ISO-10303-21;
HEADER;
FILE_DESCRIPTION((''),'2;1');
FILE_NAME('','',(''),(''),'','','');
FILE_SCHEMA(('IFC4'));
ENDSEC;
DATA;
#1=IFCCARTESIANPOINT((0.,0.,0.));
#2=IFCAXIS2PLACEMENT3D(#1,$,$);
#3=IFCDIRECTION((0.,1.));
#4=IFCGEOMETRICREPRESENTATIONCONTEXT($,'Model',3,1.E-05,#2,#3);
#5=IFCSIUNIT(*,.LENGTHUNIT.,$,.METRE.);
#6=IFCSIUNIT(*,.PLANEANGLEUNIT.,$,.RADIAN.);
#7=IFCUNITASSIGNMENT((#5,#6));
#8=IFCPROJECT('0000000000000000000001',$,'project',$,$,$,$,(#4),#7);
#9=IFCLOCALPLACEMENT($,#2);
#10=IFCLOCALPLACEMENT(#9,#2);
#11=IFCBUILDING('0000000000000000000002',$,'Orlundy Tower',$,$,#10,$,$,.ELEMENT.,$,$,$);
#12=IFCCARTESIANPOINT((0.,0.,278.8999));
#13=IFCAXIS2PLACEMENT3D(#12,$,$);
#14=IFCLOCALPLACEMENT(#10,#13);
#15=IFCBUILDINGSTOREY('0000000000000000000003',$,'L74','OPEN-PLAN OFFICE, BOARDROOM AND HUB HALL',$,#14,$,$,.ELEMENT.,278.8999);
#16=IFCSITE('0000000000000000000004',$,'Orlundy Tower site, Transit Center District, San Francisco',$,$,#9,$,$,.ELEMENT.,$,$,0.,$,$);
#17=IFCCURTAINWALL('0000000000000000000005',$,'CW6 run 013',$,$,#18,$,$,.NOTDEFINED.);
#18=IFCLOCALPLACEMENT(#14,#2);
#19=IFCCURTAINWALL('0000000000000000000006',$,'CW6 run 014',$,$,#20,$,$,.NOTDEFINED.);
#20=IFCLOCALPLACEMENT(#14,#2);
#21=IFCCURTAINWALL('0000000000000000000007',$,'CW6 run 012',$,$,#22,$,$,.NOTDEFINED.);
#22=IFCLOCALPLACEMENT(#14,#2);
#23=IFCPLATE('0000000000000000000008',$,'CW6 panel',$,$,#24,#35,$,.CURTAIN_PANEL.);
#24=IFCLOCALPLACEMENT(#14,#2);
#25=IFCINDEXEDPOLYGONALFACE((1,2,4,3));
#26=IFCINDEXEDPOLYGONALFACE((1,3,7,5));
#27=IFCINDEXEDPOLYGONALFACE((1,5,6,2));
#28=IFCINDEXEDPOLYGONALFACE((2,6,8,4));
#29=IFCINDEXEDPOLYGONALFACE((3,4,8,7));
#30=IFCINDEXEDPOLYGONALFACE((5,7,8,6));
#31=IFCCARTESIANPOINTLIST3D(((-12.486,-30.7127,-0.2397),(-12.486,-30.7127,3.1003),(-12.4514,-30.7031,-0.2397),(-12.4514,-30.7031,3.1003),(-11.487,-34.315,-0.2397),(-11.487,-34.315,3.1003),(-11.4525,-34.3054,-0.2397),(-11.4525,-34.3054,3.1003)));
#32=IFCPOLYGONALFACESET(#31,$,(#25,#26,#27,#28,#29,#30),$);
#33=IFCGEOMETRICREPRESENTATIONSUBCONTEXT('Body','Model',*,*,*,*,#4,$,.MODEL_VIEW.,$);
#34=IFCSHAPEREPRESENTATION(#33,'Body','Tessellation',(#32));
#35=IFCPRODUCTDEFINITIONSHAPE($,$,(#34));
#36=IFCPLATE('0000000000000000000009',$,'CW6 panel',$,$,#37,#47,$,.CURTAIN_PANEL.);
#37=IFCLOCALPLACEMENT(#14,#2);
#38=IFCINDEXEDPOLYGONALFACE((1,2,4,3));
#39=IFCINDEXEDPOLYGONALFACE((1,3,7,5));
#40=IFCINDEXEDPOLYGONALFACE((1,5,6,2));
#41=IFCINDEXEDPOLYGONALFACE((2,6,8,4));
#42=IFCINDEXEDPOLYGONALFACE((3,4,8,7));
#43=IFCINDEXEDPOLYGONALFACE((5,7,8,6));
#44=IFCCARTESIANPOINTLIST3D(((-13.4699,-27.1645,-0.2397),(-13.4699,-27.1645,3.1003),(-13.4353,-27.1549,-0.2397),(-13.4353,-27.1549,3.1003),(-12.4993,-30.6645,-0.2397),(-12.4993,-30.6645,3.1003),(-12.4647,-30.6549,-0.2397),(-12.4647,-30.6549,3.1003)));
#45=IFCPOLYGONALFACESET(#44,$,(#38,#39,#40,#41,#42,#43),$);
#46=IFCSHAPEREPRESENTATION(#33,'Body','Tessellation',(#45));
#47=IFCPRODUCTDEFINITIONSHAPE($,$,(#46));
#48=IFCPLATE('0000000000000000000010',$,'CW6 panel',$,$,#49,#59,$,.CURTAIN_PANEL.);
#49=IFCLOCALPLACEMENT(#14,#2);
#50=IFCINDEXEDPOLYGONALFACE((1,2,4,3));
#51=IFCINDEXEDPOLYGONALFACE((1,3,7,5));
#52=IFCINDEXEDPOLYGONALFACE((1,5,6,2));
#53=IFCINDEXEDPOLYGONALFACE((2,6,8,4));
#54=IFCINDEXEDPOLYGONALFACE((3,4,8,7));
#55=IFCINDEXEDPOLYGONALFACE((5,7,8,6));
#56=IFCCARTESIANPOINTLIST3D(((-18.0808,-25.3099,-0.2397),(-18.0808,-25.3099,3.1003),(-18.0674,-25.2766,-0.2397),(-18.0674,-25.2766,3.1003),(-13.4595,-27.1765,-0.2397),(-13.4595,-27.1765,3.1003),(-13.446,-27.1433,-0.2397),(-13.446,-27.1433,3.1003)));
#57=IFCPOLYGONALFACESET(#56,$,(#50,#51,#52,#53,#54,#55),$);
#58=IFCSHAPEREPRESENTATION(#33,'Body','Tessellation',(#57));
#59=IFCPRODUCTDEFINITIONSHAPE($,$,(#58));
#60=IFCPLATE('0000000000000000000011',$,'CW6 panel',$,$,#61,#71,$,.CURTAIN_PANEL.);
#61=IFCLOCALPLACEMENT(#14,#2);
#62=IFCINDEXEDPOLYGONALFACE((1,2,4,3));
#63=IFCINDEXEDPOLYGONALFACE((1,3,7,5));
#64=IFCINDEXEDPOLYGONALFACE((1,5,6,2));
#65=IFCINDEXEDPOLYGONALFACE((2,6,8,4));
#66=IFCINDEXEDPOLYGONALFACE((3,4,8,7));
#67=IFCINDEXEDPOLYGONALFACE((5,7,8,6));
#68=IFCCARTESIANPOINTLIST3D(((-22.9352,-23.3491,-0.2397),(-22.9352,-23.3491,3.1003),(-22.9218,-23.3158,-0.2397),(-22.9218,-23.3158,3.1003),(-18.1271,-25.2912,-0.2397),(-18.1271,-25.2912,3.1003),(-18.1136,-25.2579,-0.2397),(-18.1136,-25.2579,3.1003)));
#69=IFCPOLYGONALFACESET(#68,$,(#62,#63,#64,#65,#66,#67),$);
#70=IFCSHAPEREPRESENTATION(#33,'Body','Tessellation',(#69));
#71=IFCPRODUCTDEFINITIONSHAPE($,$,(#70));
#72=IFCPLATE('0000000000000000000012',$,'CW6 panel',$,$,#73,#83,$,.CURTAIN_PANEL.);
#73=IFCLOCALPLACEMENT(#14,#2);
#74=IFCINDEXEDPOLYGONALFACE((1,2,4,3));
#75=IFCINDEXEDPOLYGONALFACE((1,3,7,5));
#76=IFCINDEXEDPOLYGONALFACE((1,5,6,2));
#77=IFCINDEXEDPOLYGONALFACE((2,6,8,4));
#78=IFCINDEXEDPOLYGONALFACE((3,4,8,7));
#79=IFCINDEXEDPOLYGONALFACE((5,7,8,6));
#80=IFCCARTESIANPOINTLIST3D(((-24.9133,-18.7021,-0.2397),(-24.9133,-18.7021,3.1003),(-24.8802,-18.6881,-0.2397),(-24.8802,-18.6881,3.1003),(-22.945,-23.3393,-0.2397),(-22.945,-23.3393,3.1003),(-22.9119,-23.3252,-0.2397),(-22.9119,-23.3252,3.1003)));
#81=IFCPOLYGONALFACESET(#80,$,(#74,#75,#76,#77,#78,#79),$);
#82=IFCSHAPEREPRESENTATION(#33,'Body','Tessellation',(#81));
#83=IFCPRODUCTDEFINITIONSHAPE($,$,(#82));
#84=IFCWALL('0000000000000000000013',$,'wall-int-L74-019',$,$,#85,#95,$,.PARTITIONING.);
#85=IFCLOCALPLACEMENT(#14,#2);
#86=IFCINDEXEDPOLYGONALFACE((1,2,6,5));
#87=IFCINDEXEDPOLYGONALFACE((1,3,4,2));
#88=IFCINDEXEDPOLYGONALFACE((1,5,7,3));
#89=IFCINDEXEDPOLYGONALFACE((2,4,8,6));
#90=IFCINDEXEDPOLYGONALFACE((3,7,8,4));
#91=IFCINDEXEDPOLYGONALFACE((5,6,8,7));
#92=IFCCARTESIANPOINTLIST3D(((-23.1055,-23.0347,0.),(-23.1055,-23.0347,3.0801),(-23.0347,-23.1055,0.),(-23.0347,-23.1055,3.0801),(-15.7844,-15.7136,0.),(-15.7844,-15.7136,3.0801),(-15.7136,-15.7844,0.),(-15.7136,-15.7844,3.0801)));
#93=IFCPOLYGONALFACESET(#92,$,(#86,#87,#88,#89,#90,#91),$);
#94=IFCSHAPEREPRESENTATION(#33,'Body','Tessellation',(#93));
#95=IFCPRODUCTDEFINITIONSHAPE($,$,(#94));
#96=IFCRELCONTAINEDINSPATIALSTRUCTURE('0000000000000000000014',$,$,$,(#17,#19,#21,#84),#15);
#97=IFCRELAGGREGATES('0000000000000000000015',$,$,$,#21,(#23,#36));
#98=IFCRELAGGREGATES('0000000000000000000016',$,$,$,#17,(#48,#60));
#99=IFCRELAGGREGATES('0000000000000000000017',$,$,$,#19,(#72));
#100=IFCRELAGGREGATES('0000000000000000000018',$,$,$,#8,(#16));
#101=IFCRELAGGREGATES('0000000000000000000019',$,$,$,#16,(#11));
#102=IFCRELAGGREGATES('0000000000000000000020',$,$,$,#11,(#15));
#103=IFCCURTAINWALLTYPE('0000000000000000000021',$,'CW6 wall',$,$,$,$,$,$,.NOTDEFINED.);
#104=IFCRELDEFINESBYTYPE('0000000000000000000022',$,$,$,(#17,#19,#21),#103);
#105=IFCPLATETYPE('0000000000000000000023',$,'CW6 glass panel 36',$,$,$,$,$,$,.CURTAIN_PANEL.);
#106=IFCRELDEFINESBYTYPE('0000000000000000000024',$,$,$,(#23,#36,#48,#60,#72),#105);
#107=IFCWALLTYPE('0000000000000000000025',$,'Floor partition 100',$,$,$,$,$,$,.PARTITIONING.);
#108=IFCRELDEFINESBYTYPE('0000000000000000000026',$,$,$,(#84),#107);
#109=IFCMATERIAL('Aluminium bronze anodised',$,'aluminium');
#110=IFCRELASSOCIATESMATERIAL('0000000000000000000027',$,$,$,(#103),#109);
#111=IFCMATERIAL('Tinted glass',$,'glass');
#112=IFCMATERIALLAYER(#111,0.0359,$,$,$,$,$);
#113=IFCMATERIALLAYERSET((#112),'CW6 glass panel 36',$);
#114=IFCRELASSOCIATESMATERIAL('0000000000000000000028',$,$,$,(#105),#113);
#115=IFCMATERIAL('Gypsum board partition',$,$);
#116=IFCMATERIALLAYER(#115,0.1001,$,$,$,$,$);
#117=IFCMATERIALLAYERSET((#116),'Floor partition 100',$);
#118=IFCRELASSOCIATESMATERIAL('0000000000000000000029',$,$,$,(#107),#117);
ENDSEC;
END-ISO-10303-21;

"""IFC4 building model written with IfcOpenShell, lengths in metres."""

from ifc_helpers import new_model, si_unit, direction, frame, frame_2d, origin, origin_2d, place, context, subcontext, project, spatial, rectangle, extrude, material, layer, layer_set, type_object, element, aggregate, save


model = new_model("IFC4")

# Units and contexts
model_context = context("Model", 3, precision=1e-05, world=origin(), true_north=direction((0.0, 1.0)))
body_context = subcontext(model_context, "Body", "Model", "MODEL_VIEW")
ifc_project = project(units=[si_unit("LENGTHUNIT", "METRE"), si_unit("PLANEANGLEUNIT", "RADIAN")], contexts=[model_context])

# Site, building, storey
site_placement = place(None, origin())
site = spatial("IfcSite", under=ifc_project, at=site_placement, Name="Orlundy Tower site, Transit Center District, San Francisco", CompositionType="ELEMENT", RefElevation=0.0)
building_placement = place(site_placement, origin())
building = spatial("IfcBuilding", under=site, at=building_placement, Name="Orlundy Tower", CompositionType="ELEMENT")
storey_placement = place(building_placement, frame((0.0, 0.0, 278.8999)))
storey = spatial("IfcBuildingStorey", under=building, at=storey_placement, Name="L74", Description="OPEN-PLAN OFFICE, BOARDROOM AND HUB HALL", CompositionType="ELEMENT", Elevation=278.8999)

# Curtain walls
ifc_material_1 = material(Name="Aluminium bronze anodised", Category="aluminium")
curtain_wall_type = type_object("IfcCurtainWallType", Name="CW6 wall", PredefinedType="NOTDEFINED", material=ifc_material_1)
curtain_wall_1_placement = place(storey_placement, origin())
curtain_wall_1 = element("IfcCurtainWall", 1, at=curtain_wall_1_placement, inside=storey, type_object=curtain_wall_type, Name="CW6 run 013", PredefinedType="NOTDEFINED")
curtain_wall_2_placement = place(storey_placement, origin())
curtain_wall_2 = element("IfcCurtainWall", 2, at=curtain_wall_2_placement, inside=storey, type_object=curtain_wall_type, Name="CW6 run 014", PredefinedType="NOTDEFINED")

# Curtain wall
curtain_wall_3_placement = place(storey_placement, origin())
curtain_wall_3 = element("IfcCurtainWall", 3, at=curtain_wall_3_placement, inside=storey, type_object=curtain_wall_type, Name="CW6 run 012", PredefinedType="NOTDEFINED")

# Shared definitions
ifc_material_2 = material(Name="Tinted glass", Category="glass")
ifc_layer_1 = layer(ifc_material_2, 0.0359)
ifc_layer_set_1 = layer_set([ifc_layer_1], Name="CW6 glass panel 36")
plate_type = type_object("IfcPlateType", Name="CW6 glass panel 36", PredefinedType="CURTAIN_PANEL", material=ifc_layer_set_1)

# Plates
plate_1_placement = place(storey_placement, frame((-11.9692, -32.509, -0.2397), z_axis=(0.0, 0.0, 1.0), x_axis=(-0.267226, 0.963634, 0.0)))
plate_1 = element("IfcPlate", 4, at=plate_1_placement, type_object=plate_type, Name="CW6 panel", PredefinedType="CURTAIN_PANEL", context=body_context, shape_type="SweptSolid", body=[
    extrude(rectangle(XDim=3.7383, YDim=0.0359, at=origin_2d()), origin(), (0.0, 0.0, 1.0), 3.3401),
])
plate_2_placement = place(storey_placement, frame((-12.9673, -28.9097, -0.2397), z_axis=(0.0, 0.0, 1.0), x_axis=(-0.267226, 0.963634, 0.0)))
plate_2 = element("IfcPlate", 5, at=plate_2_placement, type_object=plate_type, Name="CW6 panel", PredefinedType="CURTAIN_PANEL", context=body_context, shape_type="SweptSolid", body=[
    extrude(rectangle(XDim=3.6321, YDim=0.0359, at=origin_2d()), origin(), (0.0, 0.0, 1.0), 3.3401),
])
aggregate(curtain_wall_3, [plate_1, plate_2])
plate_3_placement = place(storey_placement, frame((-15.7634, -26.2266, -0.2397), z_axis=(0.0, 0.0, 1.0), x_axis=(-0.927218, 0.374521, 0.0)))
plate_3 = element("IfcPlate", 6, at=plate_3_placement, type_object=plate_type, Name="CW6 panel", PredefinedType="CURTAIN_PANEL", context=body_context, shape_type="SweptSolid", body=[
    extrude(rectangle(XDim=4.9841, YDim=0.0359, at=origin_2d()), origin(), (0.0, 0.0, 1.0), 3.3401),
])
plate_4_placement = place(storey_placement, frame((-20.5244, -24.3035, -0.2397), z_axis=(0.0, 0.0, 1.0), x_axis=(-0.927218, 0.374521, 0.0)))
plate_4 = element("IfcPlate", 7, at=plate_4_placement, type_object=plate_type, Name="CW6 panel", PredefinedType="CURTAIN_PANEL", context=body_context, shape_type="SweptSolid", body=[
    extrude(rectangle(XDim=5.1855, YDim=0.0359, at=origin_2d()), origin(), (0.0, 0.0, 1.0), 3.3401),
])
aggregate(curtain_wall_1, [plate_3, plate_4])
plate_5_placement = place(storey_placement, frame((-23.9126, -21.0137, -0.2397), z_axis=(0.0, 0.0, 1.0), x_axis=(-0.390727, 0.920507, 0.0)))
plate_5 = element("IfcPlate", 8, at=plate_5_placement, type_object=plate_type, Name="CW6 panel", PredefinedType="CURTAIN_PANEL", context=body_context, shape_type="SweptSolid", body=[
    extrude(rectangle(XDim=5.0376, YDim=0.0359, at=origin_2d()), origin(), (0.0, 0.0, 1.0), 3.3401),
])
aggregate(curtain_wall_2, [plate_5])

# Wall
ifc_material_3 = material(Name="Gypsum board partition")
ifc_layer_2 = layer(ifc_material_3, 0.1001)
ifc_layer_set_2 = layer_set([ifc_layer_2], Name="Floor partition 100")
wall_type = type_object("IfcWallType", Name="Floor partition 100", PredefinedType="PARTITIONING", material=ifc_layer_set_2)
wall_placement = place(storey_placement, frame((-23.0701, -23.0701, 0.0), z_axis=(0.0, 0.0, 1.0), x_axis=(0.707107, 0.707107, 0.0)))
element("IfcWall", 9, at=wall_placement, inside=storey, type_object=wall_type, Name="wall-int-L74-019", PredefinedType="PARTITIONING", context=body_context, shape_type="SweptSolid", body=[
    extrude(rectangle(XDim=10.3535, YDim=0.1001, at=frame_2d((5.1768, 0.0))), origin(), (0.0, 0.0, 1.0), 3.0801),
])

save(model, "model.ifc")
